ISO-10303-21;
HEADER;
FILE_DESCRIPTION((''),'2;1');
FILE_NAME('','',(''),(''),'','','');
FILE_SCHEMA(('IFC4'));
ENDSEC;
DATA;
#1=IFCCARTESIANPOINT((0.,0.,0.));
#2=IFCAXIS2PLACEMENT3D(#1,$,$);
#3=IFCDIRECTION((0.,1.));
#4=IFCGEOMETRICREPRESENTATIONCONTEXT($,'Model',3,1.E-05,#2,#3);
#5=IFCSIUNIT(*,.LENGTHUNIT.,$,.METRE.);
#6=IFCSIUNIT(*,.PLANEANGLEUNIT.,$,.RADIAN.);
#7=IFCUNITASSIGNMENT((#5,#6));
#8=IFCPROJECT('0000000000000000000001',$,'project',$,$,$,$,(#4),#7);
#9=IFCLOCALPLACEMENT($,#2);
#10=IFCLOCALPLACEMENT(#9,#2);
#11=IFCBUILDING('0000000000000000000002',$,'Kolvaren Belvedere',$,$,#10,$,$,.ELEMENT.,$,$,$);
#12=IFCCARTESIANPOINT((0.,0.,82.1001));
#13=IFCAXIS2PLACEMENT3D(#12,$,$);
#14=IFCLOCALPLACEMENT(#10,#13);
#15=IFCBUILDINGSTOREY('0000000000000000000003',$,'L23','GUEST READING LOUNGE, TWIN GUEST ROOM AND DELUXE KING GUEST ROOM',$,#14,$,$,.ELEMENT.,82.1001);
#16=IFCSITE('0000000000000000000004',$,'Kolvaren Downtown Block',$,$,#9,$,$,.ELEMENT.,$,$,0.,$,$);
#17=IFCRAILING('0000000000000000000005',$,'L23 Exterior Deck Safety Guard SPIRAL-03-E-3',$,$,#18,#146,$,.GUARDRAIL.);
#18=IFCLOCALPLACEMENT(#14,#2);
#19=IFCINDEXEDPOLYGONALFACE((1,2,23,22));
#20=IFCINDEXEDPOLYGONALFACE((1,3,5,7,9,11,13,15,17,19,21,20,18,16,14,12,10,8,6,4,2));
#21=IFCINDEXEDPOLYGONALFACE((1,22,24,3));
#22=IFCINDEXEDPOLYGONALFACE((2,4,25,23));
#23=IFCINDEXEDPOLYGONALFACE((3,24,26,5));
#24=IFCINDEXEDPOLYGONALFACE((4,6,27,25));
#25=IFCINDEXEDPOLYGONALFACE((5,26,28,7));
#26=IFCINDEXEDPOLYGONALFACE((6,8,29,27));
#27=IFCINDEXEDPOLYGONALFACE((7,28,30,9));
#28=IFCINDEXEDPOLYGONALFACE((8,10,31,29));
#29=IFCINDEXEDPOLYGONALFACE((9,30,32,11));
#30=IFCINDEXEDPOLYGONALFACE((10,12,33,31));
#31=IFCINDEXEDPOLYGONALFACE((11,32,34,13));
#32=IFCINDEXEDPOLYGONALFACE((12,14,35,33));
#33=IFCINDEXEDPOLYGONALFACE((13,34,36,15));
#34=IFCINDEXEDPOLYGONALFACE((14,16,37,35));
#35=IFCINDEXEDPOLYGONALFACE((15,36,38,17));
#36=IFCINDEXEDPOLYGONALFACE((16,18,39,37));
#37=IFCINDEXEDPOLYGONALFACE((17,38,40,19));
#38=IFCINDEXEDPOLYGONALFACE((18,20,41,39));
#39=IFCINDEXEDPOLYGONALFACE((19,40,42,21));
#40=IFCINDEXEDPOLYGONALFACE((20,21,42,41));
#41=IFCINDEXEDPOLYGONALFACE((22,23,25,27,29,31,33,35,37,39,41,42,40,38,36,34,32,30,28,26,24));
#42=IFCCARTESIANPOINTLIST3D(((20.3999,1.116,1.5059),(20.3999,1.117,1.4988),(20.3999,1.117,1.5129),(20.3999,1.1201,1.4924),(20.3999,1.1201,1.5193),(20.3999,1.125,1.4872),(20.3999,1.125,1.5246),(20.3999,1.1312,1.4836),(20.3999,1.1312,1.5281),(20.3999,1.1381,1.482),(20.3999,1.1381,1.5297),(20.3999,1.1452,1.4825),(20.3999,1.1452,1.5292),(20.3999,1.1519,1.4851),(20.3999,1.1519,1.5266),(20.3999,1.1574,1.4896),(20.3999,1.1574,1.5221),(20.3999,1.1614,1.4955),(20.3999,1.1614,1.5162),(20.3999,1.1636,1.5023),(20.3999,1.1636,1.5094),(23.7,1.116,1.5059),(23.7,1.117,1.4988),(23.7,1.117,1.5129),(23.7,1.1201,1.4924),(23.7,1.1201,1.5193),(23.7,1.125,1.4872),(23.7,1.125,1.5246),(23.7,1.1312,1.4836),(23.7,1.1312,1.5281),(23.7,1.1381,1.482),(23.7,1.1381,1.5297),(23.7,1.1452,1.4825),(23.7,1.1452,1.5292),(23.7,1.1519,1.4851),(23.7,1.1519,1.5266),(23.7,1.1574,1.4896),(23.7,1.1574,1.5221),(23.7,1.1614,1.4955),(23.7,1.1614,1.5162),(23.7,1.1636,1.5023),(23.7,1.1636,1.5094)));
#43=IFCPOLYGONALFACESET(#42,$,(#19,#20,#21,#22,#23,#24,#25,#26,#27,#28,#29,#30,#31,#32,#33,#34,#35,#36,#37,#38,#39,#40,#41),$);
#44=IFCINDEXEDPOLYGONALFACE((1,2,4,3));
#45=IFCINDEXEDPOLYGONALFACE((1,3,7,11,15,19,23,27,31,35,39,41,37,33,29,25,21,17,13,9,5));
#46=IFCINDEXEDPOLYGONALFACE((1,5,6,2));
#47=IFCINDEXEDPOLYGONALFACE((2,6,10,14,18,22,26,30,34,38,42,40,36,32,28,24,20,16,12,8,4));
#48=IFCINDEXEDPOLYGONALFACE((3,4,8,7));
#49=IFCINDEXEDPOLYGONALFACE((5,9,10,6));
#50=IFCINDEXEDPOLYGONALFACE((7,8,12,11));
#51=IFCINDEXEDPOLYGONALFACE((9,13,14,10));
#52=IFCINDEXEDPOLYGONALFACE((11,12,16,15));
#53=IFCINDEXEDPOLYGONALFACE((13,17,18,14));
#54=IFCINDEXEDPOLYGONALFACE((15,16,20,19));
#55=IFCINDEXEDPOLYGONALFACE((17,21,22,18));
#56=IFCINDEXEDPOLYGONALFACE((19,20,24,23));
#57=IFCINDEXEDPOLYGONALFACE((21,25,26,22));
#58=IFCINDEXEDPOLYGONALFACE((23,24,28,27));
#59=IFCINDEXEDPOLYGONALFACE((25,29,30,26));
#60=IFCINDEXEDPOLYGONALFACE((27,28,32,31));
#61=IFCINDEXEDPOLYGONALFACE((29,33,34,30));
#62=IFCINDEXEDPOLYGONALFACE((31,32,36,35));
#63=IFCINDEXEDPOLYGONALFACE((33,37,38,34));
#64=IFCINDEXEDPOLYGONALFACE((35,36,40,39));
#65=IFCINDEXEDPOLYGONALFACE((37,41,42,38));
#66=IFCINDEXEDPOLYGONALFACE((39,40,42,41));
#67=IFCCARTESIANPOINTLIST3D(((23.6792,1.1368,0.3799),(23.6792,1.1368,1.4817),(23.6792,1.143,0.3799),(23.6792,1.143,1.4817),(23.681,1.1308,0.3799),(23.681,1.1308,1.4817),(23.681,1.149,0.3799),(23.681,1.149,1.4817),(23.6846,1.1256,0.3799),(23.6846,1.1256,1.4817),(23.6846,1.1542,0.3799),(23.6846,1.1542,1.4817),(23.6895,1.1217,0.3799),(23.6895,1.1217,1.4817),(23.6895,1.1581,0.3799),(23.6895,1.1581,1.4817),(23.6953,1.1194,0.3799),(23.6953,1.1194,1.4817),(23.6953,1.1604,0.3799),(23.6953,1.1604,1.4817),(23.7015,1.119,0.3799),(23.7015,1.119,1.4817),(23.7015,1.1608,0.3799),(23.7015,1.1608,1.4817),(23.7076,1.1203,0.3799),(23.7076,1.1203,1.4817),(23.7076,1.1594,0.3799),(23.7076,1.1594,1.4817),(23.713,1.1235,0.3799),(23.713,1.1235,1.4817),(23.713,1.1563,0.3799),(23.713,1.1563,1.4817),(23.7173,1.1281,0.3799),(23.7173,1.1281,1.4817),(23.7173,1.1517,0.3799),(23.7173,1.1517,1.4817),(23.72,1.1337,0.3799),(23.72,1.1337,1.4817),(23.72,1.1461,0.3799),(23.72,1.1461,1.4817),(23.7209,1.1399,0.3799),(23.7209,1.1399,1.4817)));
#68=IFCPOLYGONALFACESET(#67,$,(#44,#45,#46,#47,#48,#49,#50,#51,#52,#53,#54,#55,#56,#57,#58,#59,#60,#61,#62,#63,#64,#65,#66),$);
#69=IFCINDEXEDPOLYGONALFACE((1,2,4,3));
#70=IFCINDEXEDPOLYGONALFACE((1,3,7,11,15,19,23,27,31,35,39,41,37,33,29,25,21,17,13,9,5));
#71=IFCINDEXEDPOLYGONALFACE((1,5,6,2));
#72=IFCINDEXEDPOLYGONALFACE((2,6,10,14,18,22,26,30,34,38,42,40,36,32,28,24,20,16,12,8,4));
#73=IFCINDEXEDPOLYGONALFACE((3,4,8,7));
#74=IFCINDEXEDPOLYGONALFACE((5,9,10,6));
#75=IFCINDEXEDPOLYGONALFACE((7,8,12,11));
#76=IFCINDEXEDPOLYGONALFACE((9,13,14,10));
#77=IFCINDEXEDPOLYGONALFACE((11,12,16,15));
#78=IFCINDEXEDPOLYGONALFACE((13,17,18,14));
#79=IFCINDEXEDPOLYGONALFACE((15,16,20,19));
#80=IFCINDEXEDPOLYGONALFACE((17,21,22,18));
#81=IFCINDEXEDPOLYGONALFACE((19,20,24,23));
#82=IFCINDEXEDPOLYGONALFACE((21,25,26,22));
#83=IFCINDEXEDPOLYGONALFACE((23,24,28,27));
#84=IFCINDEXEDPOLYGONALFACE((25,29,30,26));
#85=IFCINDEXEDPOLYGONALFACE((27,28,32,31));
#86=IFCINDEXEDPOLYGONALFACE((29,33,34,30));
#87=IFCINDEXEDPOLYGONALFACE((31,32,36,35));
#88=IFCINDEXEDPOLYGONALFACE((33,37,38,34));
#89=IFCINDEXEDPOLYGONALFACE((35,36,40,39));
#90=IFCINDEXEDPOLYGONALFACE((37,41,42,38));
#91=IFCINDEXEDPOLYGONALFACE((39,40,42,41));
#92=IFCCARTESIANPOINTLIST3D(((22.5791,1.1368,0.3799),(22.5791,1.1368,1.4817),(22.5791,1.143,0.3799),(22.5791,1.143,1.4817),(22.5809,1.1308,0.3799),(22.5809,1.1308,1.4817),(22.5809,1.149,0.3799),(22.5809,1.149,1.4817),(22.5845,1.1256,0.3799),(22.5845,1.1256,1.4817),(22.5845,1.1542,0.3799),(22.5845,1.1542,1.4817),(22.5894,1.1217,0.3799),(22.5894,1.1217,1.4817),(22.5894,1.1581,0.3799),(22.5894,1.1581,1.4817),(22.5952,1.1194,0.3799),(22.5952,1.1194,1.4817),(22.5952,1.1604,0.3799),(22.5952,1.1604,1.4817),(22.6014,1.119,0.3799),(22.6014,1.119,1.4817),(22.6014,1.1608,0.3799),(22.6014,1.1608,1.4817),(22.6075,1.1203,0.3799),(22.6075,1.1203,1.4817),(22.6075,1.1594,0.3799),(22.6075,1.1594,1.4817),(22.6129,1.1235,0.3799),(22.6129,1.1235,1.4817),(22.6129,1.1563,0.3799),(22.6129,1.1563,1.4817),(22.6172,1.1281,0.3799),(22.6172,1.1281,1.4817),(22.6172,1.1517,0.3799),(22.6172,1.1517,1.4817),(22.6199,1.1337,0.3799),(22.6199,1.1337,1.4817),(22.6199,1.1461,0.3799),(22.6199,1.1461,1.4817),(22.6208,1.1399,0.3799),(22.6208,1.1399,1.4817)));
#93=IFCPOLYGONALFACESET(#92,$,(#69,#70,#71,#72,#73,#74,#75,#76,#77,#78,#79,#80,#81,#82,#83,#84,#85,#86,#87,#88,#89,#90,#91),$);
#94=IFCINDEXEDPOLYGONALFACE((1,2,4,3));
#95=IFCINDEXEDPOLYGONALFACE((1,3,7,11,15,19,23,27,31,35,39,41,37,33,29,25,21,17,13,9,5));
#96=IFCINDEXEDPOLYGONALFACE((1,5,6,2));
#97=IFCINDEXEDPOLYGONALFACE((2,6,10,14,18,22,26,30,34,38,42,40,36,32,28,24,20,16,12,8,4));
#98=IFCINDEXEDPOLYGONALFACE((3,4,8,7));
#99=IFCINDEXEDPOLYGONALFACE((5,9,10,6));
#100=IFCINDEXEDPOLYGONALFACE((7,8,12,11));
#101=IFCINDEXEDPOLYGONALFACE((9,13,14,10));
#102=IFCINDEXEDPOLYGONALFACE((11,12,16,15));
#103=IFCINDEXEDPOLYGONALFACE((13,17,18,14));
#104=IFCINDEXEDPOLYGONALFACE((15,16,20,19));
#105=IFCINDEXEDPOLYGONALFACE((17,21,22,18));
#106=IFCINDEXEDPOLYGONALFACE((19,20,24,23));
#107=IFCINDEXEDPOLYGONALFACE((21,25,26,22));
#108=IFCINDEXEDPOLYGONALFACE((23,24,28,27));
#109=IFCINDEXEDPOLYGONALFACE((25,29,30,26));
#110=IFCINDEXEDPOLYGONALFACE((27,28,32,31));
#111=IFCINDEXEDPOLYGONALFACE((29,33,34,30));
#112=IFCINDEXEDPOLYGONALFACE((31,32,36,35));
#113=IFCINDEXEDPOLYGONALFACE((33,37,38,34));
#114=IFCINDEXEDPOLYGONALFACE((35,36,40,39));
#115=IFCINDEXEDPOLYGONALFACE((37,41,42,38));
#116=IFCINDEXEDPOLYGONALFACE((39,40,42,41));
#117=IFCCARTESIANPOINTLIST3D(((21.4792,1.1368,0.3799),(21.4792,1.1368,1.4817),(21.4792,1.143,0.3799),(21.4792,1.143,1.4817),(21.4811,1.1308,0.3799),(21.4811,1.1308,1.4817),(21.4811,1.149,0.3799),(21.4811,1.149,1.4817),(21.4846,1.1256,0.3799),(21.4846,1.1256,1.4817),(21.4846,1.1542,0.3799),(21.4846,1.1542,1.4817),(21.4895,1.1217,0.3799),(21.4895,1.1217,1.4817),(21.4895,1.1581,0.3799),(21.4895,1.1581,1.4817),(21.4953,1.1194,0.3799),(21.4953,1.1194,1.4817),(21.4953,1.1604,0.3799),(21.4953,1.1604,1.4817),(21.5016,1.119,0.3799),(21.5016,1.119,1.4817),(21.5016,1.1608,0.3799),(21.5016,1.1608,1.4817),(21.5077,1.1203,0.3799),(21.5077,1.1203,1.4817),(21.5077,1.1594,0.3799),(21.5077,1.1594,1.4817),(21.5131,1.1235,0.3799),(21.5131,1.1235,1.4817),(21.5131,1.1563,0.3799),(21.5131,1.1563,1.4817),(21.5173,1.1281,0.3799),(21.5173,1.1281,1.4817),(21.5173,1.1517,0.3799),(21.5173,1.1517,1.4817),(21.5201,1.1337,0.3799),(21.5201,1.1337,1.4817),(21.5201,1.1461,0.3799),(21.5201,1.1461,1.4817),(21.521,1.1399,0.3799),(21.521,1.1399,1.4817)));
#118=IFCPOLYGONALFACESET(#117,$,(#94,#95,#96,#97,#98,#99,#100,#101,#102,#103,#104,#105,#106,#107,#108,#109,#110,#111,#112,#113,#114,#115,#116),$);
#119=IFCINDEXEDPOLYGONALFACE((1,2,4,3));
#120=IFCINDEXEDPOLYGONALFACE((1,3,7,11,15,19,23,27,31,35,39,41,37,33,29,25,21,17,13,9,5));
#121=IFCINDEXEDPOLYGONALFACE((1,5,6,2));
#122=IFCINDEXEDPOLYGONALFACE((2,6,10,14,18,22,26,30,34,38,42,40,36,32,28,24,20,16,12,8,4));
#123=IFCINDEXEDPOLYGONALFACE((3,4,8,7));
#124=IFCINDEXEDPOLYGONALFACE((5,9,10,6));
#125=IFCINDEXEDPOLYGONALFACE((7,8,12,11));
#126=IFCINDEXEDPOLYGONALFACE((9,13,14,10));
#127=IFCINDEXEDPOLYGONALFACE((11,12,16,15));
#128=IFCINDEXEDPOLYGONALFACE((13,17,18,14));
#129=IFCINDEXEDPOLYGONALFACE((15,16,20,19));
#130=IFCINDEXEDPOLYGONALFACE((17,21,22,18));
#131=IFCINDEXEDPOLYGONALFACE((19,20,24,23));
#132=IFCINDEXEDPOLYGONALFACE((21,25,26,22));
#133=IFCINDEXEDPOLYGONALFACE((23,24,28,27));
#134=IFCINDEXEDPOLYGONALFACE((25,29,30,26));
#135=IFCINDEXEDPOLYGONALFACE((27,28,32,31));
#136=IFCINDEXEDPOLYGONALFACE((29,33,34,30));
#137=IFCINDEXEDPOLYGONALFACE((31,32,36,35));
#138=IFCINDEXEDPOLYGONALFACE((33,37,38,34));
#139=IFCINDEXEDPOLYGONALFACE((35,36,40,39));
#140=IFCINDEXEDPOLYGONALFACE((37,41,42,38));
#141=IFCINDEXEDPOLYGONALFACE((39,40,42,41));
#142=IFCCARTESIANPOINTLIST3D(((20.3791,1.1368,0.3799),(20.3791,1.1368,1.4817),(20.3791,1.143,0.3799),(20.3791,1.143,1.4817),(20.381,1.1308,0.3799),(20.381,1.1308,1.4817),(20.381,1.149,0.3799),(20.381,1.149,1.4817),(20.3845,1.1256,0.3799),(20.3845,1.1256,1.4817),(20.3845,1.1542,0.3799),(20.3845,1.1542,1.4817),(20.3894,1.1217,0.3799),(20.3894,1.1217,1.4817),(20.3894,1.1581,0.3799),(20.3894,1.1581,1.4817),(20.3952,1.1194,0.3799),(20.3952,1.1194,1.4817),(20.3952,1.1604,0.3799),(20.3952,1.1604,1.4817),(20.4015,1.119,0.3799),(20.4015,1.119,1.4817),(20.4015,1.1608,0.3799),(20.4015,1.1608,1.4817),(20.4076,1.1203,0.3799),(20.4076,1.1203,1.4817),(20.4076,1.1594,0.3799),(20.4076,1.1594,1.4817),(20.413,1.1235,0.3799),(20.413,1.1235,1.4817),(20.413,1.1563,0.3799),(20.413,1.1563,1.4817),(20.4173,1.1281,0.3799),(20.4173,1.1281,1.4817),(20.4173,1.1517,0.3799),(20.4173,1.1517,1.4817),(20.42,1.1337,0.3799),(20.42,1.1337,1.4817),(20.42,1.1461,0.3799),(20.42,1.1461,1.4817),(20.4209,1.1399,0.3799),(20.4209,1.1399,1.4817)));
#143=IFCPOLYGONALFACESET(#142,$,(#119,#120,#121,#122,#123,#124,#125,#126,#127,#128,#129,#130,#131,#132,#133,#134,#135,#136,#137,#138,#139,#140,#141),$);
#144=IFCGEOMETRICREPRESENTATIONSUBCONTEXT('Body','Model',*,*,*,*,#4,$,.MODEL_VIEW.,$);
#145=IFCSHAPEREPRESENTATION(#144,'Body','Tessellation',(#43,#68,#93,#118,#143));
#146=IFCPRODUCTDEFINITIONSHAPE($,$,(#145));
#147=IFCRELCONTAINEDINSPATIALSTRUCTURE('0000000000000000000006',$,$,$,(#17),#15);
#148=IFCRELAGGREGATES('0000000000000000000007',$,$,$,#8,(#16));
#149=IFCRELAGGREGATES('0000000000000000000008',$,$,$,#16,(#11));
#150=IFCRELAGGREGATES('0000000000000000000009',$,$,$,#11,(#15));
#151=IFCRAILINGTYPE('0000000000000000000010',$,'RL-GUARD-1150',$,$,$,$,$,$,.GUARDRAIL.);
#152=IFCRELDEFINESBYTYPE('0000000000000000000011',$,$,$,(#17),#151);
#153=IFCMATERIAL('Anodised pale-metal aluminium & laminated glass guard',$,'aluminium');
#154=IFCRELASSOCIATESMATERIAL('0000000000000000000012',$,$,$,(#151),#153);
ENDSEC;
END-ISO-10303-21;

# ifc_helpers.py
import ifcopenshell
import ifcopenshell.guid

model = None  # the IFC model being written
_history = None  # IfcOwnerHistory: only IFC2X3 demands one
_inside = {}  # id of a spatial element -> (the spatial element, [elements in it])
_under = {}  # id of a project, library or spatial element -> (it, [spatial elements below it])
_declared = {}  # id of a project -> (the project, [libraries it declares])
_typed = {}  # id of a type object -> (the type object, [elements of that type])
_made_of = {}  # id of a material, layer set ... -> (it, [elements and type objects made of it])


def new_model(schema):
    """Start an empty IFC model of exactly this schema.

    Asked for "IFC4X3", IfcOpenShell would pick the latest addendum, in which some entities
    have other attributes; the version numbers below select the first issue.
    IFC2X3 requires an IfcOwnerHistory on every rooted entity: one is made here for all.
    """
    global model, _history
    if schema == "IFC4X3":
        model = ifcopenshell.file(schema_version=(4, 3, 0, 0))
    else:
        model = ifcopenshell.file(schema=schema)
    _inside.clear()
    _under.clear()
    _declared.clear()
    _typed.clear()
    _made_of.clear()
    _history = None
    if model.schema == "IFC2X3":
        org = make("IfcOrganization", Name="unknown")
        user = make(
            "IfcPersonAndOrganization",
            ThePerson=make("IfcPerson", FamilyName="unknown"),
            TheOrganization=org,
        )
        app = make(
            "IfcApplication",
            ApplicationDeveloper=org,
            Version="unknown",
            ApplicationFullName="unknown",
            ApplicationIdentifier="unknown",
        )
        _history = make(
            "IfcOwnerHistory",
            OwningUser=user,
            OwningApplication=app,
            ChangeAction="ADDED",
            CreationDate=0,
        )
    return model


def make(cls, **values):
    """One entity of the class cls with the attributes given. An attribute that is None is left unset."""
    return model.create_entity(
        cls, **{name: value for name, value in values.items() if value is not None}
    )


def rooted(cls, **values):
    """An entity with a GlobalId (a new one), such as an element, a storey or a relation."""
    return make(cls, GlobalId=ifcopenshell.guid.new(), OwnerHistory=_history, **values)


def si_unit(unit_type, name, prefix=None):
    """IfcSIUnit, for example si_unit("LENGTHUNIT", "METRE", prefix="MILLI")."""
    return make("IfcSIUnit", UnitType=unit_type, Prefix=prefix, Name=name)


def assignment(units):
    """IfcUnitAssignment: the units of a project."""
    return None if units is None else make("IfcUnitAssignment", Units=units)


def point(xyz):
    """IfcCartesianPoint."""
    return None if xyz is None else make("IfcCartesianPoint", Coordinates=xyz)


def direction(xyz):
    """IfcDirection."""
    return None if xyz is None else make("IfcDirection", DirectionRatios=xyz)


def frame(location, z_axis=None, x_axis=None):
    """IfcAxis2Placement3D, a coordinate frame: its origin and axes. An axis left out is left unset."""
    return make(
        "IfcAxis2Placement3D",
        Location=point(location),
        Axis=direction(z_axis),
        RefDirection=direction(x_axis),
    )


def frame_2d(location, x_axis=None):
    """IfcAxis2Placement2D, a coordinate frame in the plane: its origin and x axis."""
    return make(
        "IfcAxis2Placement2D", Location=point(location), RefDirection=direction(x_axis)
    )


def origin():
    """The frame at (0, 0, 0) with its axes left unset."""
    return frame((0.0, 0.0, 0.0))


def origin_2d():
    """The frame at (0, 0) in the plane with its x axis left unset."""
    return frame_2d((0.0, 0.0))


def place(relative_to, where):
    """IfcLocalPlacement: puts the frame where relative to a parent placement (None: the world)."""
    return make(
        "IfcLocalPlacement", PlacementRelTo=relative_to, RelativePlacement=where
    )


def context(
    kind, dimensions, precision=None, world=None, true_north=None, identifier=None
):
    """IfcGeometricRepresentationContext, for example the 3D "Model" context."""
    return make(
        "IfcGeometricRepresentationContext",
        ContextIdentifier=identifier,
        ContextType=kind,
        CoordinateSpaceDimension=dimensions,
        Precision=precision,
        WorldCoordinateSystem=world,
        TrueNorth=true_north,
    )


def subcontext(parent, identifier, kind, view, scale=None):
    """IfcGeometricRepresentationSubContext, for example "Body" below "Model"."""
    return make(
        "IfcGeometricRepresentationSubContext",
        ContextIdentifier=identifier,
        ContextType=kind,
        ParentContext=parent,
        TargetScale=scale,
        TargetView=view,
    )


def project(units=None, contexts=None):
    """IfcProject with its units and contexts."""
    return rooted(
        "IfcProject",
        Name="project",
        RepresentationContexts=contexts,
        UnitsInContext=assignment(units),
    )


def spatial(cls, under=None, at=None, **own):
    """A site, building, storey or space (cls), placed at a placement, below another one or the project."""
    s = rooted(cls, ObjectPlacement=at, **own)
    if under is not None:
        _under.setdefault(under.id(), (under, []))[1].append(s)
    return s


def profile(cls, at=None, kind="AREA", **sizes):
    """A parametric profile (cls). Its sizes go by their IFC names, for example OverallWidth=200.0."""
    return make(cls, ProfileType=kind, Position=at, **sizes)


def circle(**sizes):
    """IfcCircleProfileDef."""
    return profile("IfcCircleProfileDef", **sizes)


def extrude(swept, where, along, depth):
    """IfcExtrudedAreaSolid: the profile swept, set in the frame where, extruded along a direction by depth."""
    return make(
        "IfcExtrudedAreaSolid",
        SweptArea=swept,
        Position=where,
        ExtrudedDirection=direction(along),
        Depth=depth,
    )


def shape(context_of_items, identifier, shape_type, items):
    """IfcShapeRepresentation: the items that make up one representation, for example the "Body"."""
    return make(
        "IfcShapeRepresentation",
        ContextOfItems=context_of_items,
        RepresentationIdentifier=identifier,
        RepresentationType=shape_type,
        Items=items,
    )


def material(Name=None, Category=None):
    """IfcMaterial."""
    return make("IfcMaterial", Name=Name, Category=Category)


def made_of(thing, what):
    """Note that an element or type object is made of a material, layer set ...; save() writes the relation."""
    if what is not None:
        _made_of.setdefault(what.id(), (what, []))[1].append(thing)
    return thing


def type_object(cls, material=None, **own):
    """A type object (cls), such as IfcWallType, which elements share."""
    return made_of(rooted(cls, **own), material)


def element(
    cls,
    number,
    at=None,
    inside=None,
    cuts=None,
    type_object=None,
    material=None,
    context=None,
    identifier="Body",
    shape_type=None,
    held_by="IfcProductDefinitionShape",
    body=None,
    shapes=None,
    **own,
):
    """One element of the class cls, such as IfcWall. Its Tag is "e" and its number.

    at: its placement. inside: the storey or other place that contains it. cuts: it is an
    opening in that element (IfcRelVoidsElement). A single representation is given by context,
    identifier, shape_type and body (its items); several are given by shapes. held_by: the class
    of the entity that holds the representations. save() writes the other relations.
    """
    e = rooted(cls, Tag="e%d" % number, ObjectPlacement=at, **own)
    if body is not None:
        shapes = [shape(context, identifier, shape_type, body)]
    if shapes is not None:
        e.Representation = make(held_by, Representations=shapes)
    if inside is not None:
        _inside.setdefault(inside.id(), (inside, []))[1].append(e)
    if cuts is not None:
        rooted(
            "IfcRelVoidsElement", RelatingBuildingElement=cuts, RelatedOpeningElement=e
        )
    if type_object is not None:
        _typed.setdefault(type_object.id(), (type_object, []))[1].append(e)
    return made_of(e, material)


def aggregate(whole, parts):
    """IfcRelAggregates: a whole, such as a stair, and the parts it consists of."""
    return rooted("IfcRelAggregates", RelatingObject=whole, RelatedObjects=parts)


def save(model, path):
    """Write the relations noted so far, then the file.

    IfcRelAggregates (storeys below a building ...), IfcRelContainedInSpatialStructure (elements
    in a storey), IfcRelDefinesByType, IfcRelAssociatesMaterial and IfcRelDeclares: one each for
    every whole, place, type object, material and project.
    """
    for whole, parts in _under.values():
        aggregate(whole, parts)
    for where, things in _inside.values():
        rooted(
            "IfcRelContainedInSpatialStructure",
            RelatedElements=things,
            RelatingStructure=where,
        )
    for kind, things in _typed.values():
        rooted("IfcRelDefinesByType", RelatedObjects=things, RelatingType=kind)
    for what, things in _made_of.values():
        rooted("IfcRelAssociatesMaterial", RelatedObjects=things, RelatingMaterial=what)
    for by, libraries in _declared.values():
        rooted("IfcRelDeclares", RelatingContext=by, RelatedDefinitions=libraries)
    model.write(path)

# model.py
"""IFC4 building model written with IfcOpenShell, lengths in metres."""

from ifc_helpers import new_model, si_unit, direction, frame, origin, origin_2d, place, context, subcontext, project, spatial, circle, extrude, material, type_object, element, save


model = new_model("IFC4")

# Units and contexts
model_context = context("Model", 3, precision=1e-05, world=origin(), true_north=direction((0.0, 1.0)))
body_context = subcontext(model_context, "Body", "Model", "MODEL_VIEW")
ifc_project = project(units=[si_unit("LENGTHUNIT", "METRE"), si_unit("PLANEANGLEUNIT", "RADIAN")], contexts=[model_context])

# Site, building, storey
site_placement = place(None, origin())
site = spatial("IfcSite", under=ifc_project, at=site_placement, Name="Kolvaren Downtown Block", CompositionType="ELEMENT", RefElevation=0.0)
building_placement = place(site_placement, origin())
building = spatial("IfcBuilding", under=site, at=building_placement, Name="Kolvaren Belvedere", CompositionType="ELEMENT")
storey_placement = place(building_placement, frame((0.0, 0.0, 82.1001)))
storey = spatial("IfcBuildingStorey", under=building, at=storey_placement, Name="L23", Description="GUEST READING LOUNGE, TWIN GUEST ROOM AND DELUXE KING GUEST ROOM", CompositionType="ELEMENT", Elevation=82.1001)

# Railing
ifc_material_1 = material(Name="Anodised pale-metal aluminium & laminated glass guard", Category="aluminium")
railing_type_1 = type_object("IfcRailingType", Name="RL-GUARD-1150", PredefinedType="GUARDRAIL", material=ifc_material_1)
railing_1_placement = place(storey_placement, frame((23.7, 1.1399, 0.3799)))
element("IfcRailing", 1, at=railing_1_placement, inside=storey, type_object=railing_type_1, Name="L23 Exterior Deck Safety Guard SPIRAL-03-E-3", PredefinedType="GUARDRAIL", context=body_context, shape_type="SweptSolid", body=[
    extrude(circle(Radius=0.0239, at=origin_2d()), frame((0.0, 0.0, 1.126), z_axis=(-1.0, 0.0, 0.0), x_axis=(0.0, -1.0, 0.0)), (0.0, 0.0, 1.0), 3.3),
    extrude(circle(Radius=0.021, at=origin_2d()), origin(), (0.0, 0.0, 1.0), 1.1018),
    extrude(circle(Radius=0.021, at=origin_2d()), frame((-1.1001, 0.0, 0.0)), (0.0, 0.0, 1.0), 1.1018),
    extrude(circle(Radius=0.021, at=origin_2d()), frame((-2.2, 0.0, 0.0)), (0.0, 0.0, 1.0), 1.1018),
    extrude(circle(Radius=0.021, at=origin_2d()), frame((-3.3, 0.0, 0.0)), (0.0, 0.0, 1.0), 1.1018),
])

save(model, "model.ifc")
